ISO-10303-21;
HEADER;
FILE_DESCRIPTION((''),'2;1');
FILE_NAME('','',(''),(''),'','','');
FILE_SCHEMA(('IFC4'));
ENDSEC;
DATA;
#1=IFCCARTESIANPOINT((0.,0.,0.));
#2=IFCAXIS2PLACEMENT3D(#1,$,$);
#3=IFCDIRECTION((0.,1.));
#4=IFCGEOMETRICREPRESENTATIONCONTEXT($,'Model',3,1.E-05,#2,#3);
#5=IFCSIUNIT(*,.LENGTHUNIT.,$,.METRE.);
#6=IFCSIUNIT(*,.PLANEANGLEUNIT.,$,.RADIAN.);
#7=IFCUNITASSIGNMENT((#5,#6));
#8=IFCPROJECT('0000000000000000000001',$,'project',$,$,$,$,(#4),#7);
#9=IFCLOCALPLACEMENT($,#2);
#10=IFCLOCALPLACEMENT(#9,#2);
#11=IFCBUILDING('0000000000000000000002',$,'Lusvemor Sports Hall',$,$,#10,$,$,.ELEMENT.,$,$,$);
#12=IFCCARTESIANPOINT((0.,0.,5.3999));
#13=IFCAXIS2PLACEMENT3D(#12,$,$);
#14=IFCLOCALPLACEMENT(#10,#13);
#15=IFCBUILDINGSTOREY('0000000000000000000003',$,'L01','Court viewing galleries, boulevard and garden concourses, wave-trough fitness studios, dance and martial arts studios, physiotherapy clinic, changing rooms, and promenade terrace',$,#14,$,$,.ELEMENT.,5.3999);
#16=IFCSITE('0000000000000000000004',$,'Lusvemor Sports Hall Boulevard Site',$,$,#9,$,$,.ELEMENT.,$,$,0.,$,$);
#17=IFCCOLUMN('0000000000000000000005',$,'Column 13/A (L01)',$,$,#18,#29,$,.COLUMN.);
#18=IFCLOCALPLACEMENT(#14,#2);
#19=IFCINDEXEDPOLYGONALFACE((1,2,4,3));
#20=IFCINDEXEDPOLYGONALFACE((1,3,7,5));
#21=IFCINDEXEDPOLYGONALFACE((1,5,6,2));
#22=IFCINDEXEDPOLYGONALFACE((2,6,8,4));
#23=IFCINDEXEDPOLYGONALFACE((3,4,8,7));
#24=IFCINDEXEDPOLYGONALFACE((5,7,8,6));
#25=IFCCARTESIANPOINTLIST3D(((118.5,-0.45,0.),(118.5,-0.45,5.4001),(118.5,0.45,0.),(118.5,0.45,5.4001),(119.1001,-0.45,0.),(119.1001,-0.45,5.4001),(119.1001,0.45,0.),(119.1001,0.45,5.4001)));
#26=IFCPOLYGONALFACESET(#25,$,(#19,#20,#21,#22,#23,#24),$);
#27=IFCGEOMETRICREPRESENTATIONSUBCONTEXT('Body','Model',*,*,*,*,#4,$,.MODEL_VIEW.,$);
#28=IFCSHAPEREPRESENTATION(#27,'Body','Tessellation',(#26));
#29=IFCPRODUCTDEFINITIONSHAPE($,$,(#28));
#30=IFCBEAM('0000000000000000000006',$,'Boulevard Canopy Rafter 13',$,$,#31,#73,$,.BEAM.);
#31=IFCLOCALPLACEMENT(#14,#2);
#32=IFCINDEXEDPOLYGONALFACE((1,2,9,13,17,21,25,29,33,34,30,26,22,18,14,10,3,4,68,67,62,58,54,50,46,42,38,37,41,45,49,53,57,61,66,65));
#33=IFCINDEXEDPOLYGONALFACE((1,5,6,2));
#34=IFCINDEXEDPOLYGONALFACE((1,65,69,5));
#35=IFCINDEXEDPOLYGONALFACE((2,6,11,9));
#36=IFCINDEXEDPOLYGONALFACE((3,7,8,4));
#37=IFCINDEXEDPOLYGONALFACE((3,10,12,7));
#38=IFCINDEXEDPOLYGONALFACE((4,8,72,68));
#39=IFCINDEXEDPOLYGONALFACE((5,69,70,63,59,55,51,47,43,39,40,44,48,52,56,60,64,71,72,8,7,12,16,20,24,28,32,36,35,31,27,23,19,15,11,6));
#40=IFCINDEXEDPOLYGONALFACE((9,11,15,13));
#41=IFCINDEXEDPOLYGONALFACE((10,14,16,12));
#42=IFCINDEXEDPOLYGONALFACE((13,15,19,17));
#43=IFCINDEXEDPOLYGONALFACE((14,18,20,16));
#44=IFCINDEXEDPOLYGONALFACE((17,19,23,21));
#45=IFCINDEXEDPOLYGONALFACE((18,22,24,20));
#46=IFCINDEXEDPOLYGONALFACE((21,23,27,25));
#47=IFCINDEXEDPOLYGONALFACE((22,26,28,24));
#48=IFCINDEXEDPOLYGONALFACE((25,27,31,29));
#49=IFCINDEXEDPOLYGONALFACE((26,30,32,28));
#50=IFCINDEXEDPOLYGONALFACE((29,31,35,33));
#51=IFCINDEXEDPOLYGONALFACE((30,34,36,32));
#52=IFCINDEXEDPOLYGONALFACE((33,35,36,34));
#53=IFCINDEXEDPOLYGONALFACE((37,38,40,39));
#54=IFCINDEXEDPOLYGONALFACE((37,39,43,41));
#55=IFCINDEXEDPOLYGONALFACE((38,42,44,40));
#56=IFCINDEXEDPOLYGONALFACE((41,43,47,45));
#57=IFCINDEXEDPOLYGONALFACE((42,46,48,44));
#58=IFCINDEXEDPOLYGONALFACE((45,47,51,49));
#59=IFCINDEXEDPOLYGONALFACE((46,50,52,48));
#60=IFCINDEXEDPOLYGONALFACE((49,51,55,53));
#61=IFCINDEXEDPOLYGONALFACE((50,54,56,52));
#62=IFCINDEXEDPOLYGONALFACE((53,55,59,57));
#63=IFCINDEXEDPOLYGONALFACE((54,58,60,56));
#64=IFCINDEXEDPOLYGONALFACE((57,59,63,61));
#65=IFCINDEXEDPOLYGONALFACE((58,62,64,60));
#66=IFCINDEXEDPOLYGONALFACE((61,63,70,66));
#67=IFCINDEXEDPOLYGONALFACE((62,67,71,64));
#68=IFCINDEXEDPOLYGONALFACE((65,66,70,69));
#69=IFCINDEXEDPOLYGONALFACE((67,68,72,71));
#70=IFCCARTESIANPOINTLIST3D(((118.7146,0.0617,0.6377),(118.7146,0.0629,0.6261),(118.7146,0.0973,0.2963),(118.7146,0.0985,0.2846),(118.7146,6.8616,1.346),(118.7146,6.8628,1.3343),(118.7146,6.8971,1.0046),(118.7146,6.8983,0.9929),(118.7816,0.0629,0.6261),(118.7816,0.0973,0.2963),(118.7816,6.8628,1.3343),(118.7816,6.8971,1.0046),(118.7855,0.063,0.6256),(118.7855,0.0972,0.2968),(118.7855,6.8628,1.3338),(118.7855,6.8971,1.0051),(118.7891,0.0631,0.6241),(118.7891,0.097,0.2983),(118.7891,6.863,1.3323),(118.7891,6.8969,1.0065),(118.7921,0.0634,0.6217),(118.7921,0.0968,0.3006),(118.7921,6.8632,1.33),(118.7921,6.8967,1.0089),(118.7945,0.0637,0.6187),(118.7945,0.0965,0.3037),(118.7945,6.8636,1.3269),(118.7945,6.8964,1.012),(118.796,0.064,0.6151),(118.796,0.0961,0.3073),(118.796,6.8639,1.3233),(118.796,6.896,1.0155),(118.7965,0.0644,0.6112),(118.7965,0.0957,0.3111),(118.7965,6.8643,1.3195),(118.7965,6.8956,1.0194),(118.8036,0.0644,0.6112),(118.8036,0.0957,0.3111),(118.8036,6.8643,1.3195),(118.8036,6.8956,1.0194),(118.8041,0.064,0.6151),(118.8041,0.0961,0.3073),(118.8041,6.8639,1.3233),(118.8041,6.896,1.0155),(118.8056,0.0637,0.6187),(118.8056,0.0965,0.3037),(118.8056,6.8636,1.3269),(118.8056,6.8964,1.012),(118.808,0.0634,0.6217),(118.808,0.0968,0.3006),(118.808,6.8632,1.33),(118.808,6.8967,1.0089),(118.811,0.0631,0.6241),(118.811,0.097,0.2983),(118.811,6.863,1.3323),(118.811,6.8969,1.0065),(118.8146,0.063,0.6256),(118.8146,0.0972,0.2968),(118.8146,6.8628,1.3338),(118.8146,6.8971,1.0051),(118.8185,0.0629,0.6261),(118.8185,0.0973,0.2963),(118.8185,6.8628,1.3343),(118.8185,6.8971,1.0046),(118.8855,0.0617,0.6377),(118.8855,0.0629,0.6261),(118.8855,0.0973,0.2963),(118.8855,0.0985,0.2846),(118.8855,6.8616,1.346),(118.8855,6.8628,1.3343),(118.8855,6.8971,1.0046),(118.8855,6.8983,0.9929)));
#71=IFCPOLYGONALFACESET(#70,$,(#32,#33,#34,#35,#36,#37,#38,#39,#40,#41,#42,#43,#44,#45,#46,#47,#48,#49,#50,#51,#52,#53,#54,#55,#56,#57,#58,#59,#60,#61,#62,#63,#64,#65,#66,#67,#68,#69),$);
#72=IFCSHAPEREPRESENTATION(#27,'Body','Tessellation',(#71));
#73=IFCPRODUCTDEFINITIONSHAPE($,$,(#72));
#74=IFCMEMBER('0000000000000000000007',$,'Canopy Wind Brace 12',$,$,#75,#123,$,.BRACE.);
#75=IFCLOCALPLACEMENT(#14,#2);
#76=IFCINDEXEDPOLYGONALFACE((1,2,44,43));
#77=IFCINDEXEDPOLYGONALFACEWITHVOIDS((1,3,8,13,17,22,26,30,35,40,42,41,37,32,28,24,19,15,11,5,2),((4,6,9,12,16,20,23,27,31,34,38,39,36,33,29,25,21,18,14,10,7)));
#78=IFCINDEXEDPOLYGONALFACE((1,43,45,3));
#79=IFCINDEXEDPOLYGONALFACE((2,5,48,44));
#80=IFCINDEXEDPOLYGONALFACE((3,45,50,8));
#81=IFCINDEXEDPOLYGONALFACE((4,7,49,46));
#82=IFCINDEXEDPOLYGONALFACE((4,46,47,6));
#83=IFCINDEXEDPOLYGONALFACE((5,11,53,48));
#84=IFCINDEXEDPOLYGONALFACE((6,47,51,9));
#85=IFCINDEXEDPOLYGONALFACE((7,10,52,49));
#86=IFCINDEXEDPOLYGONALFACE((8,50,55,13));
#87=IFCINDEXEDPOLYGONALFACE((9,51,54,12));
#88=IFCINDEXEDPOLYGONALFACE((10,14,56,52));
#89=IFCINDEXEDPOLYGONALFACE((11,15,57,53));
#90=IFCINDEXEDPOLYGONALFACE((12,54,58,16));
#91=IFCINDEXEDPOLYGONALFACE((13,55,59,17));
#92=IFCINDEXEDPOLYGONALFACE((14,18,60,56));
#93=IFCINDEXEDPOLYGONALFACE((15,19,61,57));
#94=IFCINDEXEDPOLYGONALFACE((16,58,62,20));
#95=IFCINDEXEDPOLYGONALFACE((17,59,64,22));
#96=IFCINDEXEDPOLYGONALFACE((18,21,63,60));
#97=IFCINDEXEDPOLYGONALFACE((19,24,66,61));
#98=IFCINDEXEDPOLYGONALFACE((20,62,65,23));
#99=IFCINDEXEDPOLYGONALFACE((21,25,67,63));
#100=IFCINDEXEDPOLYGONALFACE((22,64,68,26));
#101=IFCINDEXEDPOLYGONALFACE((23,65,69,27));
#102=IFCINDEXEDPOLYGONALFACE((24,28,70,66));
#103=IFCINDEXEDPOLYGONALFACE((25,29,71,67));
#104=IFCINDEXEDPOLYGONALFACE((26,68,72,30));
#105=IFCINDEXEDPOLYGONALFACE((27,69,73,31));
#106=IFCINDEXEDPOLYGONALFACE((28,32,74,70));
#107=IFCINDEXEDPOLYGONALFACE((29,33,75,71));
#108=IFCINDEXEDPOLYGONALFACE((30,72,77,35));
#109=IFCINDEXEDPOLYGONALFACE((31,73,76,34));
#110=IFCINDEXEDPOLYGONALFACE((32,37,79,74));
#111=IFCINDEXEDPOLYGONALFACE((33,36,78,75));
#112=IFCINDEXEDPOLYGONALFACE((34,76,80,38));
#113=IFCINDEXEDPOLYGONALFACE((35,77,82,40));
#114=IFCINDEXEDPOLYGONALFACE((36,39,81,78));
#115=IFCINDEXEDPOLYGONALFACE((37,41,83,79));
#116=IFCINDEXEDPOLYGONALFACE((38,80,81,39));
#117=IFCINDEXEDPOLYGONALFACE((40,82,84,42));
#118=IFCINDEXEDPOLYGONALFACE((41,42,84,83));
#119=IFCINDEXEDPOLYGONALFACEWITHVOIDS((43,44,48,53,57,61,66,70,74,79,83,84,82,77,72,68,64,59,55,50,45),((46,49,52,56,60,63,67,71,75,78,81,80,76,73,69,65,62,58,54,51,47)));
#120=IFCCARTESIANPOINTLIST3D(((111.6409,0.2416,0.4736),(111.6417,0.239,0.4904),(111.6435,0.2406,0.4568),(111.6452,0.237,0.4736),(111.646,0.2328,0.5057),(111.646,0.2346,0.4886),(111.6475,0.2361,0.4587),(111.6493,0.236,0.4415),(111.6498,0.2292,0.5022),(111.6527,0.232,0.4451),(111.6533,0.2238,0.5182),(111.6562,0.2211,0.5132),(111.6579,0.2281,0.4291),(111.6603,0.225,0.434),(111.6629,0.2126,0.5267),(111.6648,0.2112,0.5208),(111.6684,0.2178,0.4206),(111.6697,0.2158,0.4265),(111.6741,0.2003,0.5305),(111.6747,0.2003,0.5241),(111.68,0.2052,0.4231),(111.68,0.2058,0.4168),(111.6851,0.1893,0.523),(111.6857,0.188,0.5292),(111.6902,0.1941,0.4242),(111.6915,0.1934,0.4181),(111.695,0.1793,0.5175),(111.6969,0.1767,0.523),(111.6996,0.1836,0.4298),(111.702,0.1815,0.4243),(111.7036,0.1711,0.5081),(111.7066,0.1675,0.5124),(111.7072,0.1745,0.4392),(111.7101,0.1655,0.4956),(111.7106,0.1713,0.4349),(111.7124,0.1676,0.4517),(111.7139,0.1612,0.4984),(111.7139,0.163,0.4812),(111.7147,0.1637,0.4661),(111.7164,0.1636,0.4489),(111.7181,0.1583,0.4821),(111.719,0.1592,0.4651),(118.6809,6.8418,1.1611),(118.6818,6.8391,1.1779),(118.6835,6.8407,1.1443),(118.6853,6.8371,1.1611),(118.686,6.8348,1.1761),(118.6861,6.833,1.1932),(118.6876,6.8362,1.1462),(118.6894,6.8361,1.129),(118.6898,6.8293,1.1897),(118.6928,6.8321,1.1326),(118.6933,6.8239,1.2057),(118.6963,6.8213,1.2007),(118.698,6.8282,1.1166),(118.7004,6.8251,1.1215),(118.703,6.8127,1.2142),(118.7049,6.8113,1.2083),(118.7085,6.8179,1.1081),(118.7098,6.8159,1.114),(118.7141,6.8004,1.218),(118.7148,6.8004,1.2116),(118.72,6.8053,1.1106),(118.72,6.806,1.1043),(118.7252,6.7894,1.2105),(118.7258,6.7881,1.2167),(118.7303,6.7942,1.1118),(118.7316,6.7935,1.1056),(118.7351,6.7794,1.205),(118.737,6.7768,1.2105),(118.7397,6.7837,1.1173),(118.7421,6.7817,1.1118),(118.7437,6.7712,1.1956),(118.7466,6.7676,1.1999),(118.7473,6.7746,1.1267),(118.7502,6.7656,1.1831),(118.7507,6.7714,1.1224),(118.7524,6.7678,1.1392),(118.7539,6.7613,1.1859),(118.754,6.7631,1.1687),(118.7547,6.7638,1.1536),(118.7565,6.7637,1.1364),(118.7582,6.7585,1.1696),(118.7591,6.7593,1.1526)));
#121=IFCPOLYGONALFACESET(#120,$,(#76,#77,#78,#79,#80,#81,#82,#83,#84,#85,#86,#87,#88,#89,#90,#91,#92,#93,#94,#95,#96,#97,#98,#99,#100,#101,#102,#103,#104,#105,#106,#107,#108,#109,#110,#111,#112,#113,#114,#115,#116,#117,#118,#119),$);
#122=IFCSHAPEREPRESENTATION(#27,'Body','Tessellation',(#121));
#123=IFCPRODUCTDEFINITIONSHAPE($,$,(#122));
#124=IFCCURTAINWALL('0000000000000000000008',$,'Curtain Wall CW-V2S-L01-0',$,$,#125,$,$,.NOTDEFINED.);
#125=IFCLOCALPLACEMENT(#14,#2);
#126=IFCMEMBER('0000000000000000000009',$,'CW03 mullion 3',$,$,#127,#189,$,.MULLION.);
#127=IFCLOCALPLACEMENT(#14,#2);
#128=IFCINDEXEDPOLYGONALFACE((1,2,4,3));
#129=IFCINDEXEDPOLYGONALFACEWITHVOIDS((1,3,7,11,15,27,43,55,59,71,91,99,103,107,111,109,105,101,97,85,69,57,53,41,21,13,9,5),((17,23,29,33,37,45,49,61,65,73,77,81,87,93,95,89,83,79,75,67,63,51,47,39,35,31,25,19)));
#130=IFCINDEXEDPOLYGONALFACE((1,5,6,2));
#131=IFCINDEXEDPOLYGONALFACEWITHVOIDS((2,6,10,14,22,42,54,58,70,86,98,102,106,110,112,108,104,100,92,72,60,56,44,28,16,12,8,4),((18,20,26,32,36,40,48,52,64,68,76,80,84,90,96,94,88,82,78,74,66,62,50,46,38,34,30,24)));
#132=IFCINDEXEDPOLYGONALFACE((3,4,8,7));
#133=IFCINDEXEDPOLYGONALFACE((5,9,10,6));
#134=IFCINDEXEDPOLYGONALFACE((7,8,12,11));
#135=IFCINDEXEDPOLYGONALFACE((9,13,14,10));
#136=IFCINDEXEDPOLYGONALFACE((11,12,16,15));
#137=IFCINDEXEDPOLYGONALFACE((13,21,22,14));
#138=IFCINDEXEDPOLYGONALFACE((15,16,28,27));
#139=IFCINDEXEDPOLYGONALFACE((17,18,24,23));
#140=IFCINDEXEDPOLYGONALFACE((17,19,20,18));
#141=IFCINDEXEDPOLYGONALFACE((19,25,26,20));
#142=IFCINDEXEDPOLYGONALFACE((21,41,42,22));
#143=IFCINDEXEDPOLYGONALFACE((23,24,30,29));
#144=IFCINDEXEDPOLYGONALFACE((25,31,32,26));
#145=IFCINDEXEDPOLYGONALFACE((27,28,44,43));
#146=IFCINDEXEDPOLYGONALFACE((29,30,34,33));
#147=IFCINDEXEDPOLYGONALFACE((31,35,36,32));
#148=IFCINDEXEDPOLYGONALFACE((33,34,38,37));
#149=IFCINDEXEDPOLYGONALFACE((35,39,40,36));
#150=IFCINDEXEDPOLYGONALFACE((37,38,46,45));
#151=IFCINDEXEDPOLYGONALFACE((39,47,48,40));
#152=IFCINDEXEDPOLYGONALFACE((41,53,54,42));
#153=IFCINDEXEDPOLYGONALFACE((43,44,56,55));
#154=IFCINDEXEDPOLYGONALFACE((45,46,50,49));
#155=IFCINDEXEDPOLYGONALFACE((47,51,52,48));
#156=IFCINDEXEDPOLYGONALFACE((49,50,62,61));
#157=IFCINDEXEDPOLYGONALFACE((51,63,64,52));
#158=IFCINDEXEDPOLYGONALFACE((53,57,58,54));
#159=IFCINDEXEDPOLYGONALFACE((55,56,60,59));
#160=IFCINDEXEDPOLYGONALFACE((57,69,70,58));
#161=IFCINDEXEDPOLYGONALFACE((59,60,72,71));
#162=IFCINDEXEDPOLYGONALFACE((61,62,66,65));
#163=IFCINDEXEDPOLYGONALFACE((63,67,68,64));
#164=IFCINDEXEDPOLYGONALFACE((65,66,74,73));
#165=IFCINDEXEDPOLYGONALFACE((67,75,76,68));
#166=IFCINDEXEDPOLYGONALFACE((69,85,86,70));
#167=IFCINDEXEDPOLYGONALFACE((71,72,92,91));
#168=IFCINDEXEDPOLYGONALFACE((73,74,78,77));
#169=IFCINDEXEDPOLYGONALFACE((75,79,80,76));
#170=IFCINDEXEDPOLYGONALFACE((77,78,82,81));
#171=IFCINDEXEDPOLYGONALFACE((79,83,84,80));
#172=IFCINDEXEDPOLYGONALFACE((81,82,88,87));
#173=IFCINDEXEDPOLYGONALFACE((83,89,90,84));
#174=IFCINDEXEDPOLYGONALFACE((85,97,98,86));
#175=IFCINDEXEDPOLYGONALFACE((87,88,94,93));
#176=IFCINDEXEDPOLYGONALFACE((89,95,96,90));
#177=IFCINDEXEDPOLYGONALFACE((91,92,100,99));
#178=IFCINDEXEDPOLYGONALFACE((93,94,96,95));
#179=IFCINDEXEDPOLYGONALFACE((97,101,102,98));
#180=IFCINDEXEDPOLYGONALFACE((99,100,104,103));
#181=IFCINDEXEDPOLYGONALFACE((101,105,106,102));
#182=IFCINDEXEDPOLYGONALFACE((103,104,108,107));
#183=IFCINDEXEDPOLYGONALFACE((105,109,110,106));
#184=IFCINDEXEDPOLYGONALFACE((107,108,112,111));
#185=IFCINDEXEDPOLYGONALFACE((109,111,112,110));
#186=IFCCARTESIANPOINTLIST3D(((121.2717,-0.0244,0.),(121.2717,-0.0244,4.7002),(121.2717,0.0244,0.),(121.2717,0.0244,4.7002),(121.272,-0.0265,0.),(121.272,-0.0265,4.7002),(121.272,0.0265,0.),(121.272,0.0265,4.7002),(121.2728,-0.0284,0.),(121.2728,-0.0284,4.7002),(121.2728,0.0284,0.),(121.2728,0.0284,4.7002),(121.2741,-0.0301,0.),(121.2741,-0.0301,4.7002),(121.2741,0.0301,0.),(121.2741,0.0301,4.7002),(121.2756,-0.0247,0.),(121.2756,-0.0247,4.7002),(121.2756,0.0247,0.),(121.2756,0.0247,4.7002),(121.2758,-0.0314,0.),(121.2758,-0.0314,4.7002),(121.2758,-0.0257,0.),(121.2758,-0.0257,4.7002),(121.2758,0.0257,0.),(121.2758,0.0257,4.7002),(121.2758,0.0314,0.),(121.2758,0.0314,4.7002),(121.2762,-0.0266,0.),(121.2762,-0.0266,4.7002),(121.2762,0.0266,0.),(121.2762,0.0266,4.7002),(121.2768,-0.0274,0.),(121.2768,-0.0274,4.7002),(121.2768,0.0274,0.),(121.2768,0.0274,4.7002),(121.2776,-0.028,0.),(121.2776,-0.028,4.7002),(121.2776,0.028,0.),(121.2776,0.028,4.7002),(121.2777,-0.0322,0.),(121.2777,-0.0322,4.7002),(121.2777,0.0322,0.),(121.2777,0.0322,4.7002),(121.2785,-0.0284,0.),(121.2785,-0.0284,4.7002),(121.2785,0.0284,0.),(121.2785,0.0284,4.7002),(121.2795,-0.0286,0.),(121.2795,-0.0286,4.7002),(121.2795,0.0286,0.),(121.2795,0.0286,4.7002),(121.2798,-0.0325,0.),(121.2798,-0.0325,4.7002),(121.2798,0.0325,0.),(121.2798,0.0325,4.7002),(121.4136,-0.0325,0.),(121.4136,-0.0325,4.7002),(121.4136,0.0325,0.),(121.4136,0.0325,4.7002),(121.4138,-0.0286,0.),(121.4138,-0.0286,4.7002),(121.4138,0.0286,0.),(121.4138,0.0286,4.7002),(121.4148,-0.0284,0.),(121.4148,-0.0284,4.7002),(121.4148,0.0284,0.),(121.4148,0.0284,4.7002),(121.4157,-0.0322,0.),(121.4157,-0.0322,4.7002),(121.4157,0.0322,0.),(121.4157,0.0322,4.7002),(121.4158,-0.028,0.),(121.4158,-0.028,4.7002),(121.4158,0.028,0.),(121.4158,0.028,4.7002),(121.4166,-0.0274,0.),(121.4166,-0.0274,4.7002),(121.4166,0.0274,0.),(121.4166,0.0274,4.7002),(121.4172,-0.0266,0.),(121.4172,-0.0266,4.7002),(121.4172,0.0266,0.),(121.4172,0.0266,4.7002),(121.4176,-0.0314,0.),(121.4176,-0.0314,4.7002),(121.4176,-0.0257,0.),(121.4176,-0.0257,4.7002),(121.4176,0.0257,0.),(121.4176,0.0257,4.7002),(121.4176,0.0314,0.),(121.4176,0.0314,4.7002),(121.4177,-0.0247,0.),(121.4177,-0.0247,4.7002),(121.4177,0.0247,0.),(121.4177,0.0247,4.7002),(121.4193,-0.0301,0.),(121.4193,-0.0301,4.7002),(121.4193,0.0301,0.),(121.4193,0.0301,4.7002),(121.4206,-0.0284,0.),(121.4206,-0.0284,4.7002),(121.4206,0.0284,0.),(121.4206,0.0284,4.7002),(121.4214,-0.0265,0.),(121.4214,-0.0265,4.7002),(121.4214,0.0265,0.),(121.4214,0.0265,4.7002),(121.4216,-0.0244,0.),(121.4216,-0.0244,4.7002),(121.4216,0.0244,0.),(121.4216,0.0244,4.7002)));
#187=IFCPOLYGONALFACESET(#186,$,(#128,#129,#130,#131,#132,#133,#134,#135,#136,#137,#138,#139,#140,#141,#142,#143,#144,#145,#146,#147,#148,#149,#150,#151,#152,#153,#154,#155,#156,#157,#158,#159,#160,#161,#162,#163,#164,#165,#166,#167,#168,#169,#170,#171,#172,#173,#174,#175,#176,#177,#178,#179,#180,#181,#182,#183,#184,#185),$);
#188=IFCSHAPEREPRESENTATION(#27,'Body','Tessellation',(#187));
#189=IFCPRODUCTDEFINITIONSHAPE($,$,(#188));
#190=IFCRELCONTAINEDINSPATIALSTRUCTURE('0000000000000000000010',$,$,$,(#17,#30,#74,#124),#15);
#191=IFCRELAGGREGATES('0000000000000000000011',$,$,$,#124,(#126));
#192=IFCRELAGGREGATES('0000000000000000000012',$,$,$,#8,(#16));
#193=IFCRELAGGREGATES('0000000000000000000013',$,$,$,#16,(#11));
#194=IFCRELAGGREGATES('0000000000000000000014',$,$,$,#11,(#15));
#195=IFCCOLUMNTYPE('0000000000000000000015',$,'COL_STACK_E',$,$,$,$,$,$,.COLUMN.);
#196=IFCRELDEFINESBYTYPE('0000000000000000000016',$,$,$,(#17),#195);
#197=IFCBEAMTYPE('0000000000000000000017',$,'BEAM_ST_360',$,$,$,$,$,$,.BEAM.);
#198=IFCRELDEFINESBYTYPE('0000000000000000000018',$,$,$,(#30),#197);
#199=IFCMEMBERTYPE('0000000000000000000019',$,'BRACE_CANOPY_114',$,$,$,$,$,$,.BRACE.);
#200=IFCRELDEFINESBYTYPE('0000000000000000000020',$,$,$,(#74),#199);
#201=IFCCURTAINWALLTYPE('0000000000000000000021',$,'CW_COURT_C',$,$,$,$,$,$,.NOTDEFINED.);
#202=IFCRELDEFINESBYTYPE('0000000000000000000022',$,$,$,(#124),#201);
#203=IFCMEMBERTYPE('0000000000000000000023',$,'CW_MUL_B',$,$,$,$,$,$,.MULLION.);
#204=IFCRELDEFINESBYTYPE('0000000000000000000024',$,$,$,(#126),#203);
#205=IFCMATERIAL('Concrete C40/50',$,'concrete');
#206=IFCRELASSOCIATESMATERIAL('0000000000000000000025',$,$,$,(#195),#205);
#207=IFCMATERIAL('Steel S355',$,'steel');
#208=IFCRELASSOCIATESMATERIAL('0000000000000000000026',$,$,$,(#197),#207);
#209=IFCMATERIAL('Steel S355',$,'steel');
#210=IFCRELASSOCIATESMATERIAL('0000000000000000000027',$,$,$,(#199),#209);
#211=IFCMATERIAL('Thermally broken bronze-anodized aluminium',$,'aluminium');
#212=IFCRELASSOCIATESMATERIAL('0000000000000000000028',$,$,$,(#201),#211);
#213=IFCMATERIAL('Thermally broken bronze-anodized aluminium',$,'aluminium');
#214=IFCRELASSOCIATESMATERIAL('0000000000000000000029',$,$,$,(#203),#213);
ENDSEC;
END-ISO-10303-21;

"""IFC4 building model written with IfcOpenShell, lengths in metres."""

from ifc_helpers import new_model, si_unit, direction, frame, origin, origin_2d, place, context, subcontext, project, spatial, rectangle, hollow_rectangle, hollow_circle, i_section, extrude, material, material_profile, profile_set, type_object, element, aggregate, save


model = new_model("IFC4")

# Units and contexts
model_context = context("Model", 3, precision=1e-05, world=origin(), true_north=direction((0.0, 1.0)))
body_context = subcontext(model_context, "Body", "Model", "MODEL_VIEW")
ifc_project = project(units=[si_unit("LENGTHUNIT", "METRE"), si_unit("PLANEANGLEUNIT", "RADIAN")], contexts=[model_context])

# Site, building, storey
site_placement = place(None, origin())
site = spatial("IfcSite", under=ifc_project, at=site_placement, Name="Lusvemor Sports Hall Boulevard Site", CompositionType="ELEMENT", RefElevation=0.0)
building_placement = place(site_placement, origin())
building = spatial("IfcBuilding", under=site, at=building_placement, Name="Lusvemor Sports Hall", CompositionType="ELEMENT")
storey_placement = place(building_placement, frame((0.0, 0.0, 5.3999)))
storey = spatial("IfcBuildingStorey", under=building, at=storey_placement, Name="L01", Description="Court viewing galleries, boulevard and garden concourses, wave-trough fitness studios, dance and martial arts studios, physiotherapy clinic, changing rooms, and promenade terrace", CompositionType="ELEMENT", Elevation=5.3999)

# Column
ifc_material_1 = material(Name="Concrete C40/50", Category="concrete")
ifc_material_profile_1 = material_profile(ifc_material_1, rectangle(XDim=0.6001, YDim=0.8999, at=origin_2d()), Name="RC600x900")
ifc_profile_set_1 = profile_set([ifc_material_profile_1], Name="Concrete C40/50")
column_type = type_object("IfcColumnType", Name="COL_STACK_E", PredefinedType="COLUMN", material=ifc_profile_set_1)
column_placement = place(storey_placement, frame((118.8, 0.0, 0.0), z_axis=(0.0, 0.0, 1.0), x_axis=(1.0, 0.0, 0.0)))
element("IfcColumn", 1, at=column_placement, inside=storey, type_object=column_type, Name="Column 13/A (L01)", PredefinedType="COLUMN", context=body_context, shape_type="SweptSolid", body=[
    extrude(rectangle(XDim=0.6001, YDim=0.8999, at=origin_2d()), origin(), (0.0, 0.0, 1.0), 5.4001),
])

# Beam
ifc_material_2 = material(Name="Steel S355", Category="steel")
ifc_material_profile_2 = material_profile(ifc_material_2, i_section(OverallWidth=0.1709, OverallDepth=0.355, WebThickness=0.0071, FlangeThickness=0.0117, FilletRadius=0.0149, at=origin_2d()), Name="W360x51.0")
ifc_profile_set_2 = profile_set([ifc_material_profile_2], Name="Steel S355")
beam_type_1 = type_object("IfcBeamType", Name="BEAM_ST_360", PredefinedType="BEAM", material=ifc_profile_set_2)
beam_1_placement = place(storey_placement, frame((118.8, 0.0801, 0.4612), z_axis=(0.0, 0.994619, 0.103597), x_axis=(-1.0, 0.0, 0.0)))
element("IfcBeam", 2, at=beam_1_placement, inside=storey, type_object=beam_type_1, Name="Boulevard Canopy Rafter 13", PredefinedType="BEAM", context=body_context, shape_type="SweptSolid", body=[
    extrude(i_section(OverallWidth=0.1709, OverallDepth=0.355, WebThickness=0.0071, FlangeThickness=0.0117, FilletRadius=0.0149, at=origin_2d()), origin(), (0.0, 0.0, 1.0), 6.8367),
])

# Member
ifc_material_3 = material(Name="Steel S355", Category="steel")
ifc_material_profile_3 = material_profile(ifc_material_3, hollow_circle(Radius=0.0571, WallThickness=0.0063, at=origin_2d()), Name="CHS114.3x6.3")
ifc_profile_set_3 = profile_set([ifc_material_profile_3], Name="Steel S355")
member_type_1 = type_object("IfcMemberType", Name="BRACE_CANOPY_114", PredefinedType="BRACE", material=ifc_profile_set_3)
member_1_placement = place(storey_placement, frame((111.6799, 0.2, 0.4736), z_axis=(0.72769, 0.682215, 0.071063), x_axis=(-0.683944, 0.729534, 0.0)))
element("IfcMember", 3, at=member_1_placement, inside=storey, type_object=member_type_1, Name="Canopy Wind Brace 12", PredefinedType="BRACE", context=body_context, shape_type="SweptSolid", body=[
    extrude(hollow_circle(Radius=0.0571, WallThickness=0.0063, at=origin_2d()), origin(), (0.0, 0.0, 1.0), 9.6746),
])

# Curtain wall, member
ifc_material_4 = material(Name="Thermally broken bronze-anodized aluminium", Category="aluminium")
curtain_wall_type = type_object("IfcCurtainWallType", Name="CW_COURT_C", PredefinedType="NOTDEFINED", material=ifc_material_4)
curtain_wall_placement = place(storey_placement, origin())
curtain_wall = element("IfcCurtainWall", 4, at=curtain_wall_placement, inside=storey, type_object=curtain_wall_type, Name="Curtain Wall CW-V2S-L01-0", PredefinedType="NOTDEFINED")
ifc_material_5 = material(Name="Thermally broken bronze-anodized aluminium", Category="aluminium")
ifc_material_profile_4 = material_profile(ifc_material_5, hollow_rectangle(XDim=0.0649, YDim=0.1499, WallThickness=0.0039, InnerFilletRadius=0.0039, OuterFilletRadius=0.0081, at=origin_2d()), Name="CWMUL150x65x4")
ifc_profile_set_4 = profile_set([ifc_material_profile_4], Name="Thermally broken bronze-anodized aluminium")
member_type_2 = type_object("IfcMemberType", Name="CW_MUL_B", PredefinedType="MULLION", material=ifc_profile_set_4)
member_2_placement = place(storey_placement, frame((121.3467, 0.0, 0.0), z_axis=(0.0, 0.0, 1.0), x_axis=(0.0, -1.0, 0.0)))
member_2 = element("IfcMember", 5, at=member_2_placement, type_object=member_type_2, Name="CW03 mullion 3", PredefinedType="MULLION", context=body_context, shape_type="SweptSolid", body=[
    extrude(hollow_rectangle(XDim=0.0649, YDim=0.1499, WallThickness=0.0039, InnerFilletRadius=0.0039, OuterFilletRadius=0.0081, at=origin_2d()), origin(), (0.0, 0.0, 1.0), 4.7002),
])

aggregate(curtain_wall, [member_2])

save(model, "model.ifc")
